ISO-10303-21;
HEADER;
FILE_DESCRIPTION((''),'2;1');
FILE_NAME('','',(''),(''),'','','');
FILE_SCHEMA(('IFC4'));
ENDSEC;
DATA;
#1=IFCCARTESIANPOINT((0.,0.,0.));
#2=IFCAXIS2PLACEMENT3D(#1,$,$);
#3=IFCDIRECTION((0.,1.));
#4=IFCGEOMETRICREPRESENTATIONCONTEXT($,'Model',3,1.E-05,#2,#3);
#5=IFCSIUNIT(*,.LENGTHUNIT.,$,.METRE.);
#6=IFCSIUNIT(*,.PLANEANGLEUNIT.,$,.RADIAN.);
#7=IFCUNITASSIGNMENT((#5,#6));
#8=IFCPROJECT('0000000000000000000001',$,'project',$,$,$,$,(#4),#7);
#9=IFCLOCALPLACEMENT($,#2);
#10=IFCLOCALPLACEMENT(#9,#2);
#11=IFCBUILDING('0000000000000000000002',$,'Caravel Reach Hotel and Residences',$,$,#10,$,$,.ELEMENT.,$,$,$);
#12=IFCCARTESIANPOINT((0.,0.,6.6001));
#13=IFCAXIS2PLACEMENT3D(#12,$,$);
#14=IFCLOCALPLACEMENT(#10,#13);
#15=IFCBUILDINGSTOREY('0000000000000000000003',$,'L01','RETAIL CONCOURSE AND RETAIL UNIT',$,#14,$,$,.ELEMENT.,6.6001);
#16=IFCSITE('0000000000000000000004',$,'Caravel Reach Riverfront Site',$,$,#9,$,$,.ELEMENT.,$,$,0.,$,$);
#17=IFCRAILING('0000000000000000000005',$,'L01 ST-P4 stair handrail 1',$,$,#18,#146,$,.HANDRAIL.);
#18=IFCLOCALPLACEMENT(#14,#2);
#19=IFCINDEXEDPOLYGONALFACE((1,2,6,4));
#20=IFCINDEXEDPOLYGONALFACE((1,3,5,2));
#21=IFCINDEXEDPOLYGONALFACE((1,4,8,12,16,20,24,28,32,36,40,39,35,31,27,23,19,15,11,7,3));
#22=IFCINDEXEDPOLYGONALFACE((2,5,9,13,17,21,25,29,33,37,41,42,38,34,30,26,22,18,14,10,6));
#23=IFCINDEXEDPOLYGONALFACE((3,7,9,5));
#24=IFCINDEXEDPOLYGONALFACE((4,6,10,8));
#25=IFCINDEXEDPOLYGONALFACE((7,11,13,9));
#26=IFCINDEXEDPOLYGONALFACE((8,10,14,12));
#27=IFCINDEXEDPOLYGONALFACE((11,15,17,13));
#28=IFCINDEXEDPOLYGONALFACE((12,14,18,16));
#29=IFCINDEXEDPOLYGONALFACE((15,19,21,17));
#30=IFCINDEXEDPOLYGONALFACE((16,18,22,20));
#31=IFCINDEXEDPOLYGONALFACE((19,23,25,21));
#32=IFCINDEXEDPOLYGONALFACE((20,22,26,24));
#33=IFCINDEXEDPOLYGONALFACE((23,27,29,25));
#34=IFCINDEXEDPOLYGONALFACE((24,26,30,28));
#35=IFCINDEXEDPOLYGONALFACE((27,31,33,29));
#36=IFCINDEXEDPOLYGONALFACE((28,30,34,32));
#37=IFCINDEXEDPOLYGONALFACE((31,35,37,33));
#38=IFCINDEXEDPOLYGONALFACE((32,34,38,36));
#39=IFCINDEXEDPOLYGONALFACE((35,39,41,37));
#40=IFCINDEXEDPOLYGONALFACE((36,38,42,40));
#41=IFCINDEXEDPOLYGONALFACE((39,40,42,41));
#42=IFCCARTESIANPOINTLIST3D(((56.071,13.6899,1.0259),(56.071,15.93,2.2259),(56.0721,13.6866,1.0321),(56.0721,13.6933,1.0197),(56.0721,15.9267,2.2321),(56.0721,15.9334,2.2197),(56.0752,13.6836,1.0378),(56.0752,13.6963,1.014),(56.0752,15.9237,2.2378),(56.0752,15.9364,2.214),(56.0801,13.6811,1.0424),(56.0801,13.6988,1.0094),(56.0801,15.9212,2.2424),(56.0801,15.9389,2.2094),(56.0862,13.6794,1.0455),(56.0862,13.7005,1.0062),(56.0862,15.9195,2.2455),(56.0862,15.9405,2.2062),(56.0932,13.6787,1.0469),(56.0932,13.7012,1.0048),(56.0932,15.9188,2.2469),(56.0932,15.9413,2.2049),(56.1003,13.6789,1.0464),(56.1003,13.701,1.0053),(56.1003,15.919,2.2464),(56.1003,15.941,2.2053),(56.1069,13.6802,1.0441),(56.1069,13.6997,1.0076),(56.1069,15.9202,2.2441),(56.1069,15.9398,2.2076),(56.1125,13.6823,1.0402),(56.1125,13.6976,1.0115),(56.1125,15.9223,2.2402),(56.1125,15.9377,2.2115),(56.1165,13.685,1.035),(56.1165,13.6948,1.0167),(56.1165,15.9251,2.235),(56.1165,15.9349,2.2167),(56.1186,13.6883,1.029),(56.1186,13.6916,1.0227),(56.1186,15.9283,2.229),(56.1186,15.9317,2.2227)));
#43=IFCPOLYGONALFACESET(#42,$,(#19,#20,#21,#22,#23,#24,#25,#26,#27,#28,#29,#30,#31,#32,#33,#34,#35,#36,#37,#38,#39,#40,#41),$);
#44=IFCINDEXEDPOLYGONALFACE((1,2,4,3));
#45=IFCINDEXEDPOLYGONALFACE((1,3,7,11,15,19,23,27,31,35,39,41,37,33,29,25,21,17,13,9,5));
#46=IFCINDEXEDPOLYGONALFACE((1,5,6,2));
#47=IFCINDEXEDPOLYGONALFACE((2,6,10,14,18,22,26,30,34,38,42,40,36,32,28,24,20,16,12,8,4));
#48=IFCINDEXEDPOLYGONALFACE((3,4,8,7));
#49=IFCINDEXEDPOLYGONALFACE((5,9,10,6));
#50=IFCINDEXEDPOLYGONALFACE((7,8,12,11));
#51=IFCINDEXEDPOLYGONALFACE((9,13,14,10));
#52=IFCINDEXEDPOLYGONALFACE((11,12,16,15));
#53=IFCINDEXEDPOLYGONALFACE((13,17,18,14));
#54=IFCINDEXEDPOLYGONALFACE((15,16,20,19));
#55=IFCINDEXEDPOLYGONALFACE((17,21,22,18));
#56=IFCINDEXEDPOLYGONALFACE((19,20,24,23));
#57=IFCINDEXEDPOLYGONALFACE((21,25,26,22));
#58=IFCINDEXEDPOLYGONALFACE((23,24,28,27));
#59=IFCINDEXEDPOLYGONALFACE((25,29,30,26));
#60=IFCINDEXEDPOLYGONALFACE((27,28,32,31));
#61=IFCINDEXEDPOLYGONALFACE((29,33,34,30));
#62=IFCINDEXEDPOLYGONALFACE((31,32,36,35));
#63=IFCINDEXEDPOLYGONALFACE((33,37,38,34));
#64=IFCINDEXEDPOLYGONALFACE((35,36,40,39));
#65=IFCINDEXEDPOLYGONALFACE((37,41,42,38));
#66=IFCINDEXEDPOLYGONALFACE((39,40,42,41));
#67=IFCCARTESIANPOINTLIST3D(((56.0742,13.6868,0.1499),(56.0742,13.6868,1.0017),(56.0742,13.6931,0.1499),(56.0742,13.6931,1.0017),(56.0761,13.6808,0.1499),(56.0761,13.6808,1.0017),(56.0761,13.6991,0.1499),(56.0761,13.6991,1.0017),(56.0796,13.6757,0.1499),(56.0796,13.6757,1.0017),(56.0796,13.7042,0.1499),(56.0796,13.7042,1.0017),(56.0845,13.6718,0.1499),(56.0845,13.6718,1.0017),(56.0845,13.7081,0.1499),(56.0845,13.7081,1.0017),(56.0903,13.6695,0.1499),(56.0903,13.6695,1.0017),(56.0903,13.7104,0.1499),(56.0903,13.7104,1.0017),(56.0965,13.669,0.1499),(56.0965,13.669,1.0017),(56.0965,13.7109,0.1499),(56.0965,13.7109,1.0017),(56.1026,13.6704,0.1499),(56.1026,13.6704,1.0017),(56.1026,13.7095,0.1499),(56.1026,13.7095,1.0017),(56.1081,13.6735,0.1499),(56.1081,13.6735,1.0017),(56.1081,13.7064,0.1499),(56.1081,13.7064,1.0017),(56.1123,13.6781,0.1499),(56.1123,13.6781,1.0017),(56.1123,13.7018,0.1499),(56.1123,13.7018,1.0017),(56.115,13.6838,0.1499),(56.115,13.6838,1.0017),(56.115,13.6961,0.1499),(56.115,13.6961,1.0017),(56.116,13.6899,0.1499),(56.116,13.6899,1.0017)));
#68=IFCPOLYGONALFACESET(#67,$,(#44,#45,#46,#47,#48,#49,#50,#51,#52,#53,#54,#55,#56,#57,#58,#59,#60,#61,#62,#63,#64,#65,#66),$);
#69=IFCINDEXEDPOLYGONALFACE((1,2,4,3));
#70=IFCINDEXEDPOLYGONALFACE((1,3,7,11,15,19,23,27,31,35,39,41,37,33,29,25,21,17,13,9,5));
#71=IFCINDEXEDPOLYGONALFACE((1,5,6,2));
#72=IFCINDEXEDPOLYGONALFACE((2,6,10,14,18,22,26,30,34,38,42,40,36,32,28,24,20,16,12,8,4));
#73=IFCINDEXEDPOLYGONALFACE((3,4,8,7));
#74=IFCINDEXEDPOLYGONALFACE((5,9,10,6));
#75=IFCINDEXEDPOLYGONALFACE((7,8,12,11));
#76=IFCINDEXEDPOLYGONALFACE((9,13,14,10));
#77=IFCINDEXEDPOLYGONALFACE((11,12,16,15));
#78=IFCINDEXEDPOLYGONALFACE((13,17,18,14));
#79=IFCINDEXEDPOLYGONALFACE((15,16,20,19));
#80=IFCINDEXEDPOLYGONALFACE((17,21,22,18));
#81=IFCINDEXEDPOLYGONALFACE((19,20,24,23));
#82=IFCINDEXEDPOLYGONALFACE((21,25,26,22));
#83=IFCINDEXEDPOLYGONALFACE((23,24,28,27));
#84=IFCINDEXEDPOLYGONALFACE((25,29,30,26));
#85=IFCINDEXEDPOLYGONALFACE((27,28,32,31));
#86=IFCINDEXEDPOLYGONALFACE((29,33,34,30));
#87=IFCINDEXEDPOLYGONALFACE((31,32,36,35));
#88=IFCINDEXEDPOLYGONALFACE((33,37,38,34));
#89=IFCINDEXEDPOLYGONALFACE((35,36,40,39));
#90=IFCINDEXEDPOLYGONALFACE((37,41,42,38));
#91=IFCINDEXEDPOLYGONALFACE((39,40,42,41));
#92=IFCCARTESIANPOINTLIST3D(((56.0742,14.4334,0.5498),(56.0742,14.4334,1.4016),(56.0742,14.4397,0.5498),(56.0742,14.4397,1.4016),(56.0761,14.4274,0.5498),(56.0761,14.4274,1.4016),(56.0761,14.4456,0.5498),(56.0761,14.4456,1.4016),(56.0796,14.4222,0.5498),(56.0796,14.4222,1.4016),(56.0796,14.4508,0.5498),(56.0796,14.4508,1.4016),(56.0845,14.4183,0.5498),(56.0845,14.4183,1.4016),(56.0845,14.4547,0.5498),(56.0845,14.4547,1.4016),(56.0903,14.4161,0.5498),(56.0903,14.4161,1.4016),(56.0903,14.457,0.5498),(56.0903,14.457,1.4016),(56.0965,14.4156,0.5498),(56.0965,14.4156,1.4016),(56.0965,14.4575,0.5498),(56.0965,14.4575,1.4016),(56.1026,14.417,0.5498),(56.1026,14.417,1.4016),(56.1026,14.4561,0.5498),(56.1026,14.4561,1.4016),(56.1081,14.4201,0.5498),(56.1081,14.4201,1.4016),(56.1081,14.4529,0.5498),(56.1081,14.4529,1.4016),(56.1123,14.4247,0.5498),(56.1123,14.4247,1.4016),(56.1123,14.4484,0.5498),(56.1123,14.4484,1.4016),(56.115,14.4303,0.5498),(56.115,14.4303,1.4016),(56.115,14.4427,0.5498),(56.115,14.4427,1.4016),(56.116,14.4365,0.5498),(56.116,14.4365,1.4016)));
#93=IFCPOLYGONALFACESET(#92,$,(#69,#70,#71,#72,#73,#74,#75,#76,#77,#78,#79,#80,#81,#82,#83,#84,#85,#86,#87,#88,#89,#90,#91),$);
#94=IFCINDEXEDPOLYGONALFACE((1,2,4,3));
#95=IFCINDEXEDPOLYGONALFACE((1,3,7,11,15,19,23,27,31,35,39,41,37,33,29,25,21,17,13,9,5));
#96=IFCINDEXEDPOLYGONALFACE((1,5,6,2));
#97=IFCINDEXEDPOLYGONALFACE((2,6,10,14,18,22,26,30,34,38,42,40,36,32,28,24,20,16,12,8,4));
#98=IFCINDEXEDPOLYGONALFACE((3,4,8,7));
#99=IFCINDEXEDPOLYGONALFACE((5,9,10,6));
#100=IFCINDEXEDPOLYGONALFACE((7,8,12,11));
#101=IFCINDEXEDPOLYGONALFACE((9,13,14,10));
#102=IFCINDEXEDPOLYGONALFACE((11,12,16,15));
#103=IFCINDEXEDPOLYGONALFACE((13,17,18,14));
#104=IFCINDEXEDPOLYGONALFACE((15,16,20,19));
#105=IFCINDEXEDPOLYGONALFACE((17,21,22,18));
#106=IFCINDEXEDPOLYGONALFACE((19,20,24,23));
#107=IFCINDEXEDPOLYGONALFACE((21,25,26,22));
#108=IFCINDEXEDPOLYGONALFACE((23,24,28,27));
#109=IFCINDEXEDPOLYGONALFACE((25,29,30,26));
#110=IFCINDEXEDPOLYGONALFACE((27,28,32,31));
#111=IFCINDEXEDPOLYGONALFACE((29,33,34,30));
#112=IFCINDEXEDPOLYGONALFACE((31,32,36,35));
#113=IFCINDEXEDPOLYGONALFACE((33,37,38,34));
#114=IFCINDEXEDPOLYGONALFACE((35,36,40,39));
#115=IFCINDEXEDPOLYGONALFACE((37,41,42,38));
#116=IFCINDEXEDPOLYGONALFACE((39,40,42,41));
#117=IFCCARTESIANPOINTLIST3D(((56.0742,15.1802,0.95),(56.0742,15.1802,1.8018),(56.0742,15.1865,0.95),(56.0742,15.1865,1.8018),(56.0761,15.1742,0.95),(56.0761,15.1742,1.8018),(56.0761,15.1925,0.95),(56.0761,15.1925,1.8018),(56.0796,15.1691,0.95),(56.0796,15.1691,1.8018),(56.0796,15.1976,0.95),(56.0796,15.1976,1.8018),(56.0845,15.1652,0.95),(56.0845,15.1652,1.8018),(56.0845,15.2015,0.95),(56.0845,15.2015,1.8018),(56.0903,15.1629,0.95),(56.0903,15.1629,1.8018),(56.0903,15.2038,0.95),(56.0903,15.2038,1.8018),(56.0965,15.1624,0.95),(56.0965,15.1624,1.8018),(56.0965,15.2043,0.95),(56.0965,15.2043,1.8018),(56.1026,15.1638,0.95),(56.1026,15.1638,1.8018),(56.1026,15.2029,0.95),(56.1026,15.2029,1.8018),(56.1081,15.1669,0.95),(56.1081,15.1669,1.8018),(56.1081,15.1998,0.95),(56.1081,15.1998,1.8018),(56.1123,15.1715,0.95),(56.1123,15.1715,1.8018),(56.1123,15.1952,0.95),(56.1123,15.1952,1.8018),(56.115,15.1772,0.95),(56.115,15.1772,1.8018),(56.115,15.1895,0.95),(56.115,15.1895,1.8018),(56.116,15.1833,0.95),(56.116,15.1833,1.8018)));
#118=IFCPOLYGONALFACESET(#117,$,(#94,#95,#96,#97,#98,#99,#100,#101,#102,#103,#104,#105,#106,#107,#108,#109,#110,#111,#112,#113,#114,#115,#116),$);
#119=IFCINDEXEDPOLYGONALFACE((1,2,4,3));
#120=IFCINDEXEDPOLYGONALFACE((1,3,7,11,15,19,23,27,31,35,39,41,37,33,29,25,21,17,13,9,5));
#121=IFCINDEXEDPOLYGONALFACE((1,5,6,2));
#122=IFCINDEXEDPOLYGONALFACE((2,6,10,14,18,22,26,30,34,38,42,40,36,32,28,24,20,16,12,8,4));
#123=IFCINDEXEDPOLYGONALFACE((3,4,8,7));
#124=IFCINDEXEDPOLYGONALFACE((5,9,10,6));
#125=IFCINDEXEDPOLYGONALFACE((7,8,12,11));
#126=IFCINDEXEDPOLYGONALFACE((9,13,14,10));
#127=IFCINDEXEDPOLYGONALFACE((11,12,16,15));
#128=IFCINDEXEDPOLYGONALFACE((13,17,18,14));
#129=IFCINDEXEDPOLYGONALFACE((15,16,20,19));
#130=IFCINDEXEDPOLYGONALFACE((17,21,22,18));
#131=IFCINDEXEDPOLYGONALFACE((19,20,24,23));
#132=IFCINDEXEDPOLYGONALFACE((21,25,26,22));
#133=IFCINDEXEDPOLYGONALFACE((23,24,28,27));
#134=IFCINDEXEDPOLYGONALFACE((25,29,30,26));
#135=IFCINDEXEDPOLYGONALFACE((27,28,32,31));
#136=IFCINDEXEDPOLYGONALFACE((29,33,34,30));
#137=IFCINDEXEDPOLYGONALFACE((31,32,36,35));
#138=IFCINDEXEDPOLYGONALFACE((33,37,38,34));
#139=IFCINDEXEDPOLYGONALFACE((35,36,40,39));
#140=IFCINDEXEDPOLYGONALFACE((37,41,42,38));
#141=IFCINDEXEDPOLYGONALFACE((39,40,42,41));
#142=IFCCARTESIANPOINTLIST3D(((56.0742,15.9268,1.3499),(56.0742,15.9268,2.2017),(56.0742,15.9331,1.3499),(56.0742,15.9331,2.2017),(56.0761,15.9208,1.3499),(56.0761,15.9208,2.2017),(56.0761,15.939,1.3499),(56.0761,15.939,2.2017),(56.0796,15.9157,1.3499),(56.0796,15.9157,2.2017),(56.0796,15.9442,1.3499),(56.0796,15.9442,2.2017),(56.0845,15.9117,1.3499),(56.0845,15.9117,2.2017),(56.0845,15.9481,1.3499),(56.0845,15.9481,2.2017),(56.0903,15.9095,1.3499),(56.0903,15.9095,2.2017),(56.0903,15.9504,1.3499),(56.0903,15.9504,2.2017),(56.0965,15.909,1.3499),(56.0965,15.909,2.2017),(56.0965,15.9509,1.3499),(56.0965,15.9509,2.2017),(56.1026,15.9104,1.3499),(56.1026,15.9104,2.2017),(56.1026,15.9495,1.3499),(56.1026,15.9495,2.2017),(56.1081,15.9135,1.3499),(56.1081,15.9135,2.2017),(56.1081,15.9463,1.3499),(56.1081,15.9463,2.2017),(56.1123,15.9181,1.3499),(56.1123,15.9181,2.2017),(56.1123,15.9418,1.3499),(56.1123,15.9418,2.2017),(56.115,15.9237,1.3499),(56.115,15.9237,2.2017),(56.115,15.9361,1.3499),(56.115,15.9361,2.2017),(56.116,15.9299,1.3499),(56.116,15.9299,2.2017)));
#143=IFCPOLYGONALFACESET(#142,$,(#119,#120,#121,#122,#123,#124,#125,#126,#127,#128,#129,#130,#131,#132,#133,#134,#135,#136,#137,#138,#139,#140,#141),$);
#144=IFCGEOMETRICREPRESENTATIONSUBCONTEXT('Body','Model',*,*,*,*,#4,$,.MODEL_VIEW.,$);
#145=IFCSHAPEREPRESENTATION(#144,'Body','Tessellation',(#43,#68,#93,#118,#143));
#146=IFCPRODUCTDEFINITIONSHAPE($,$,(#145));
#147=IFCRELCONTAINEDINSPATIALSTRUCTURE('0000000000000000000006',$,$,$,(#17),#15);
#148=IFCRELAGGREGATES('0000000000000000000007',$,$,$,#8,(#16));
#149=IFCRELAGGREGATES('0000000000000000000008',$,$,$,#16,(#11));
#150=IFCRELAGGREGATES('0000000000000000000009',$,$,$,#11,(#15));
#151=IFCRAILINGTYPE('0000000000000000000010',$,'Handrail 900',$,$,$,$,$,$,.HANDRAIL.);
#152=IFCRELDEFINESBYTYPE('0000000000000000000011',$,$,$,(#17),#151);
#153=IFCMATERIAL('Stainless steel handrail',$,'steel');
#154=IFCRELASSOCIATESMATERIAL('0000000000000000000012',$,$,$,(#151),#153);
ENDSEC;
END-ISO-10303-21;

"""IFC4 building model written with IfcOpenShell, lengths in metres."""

from ifc_helpers import new_model, si_unit, direction, frame, origin, origin_2d, place, context, subcontext, project, spatial, circle, extrude, material, type_object, element, save


model = new_model("IFC4")

# Units and contexts
model_context = context("Model", 3, precision=1e-05, world=origin(), true_north=direction((0.0, 1.0)))
body_context = subcontext(model_context, "Body", "Model", "MODEL_VIEW")
ifc_project = project(units=[si_unit("LENGTHUNIT", "METRE"), si_unit("PLANEANGLEUNIT", "RADIAN")], contexts=[model_context])

# Site, building, storey
site_placement = place(None, origin())
site = spatial("IfcSite", under=ifc_project, at=site_placement, Name="Caravel Reach Riverfront Site", CompositionType="ELEMENT", RefElevation=0.0)
building_placement = place(site_placement, origin())
building = spatial("IfcBuilding", under=site, at=building_placement, Name="Caravel Reach Hotel and Residences", CompositionType="ELEMENT")
storey_placement = place(building_placement, frame((0.0, 0.0, 6.6001)))
storey = spatial("IfcBuildingStorey", under=building, at=storey_placement, Name="L01", Description="RETAIL CONCOURSE AND RETAIL UNIT", CompositionType="ELEMENT", Elevation=6.6001)

# Railing
ifc_material_1 = material(Name="Stainless steel handrail", Category="steel")
railing_type_1 = type_object("IfcRailingType", Name="Handrail 900", PredefinedType="HANDRAIL", material=ifc_material_1)
for number, where, name in (
    (1, (56.095, 13.6899, 0.1499), "L01 ST-P4 stair handrail 1"),
):
    element("IfcRailing", number, at=place(storey_placement, frame(where)), inside=storey, type_object=railing_type_1, Name=name, PredefinedType="HANDRAIL", context=body_context, shape_type="SweptSolid", body=[
        extrude(circle(Radius=0.0239, at=origin_2d()), frame((0.0, 0.0, 0.876), z_axis=(0.0, 0.881487, 0.472208), x_axis=(-1.0, 0.0, 0.0)), (0.0, 0.0, 1.0), 2.5413),
        extrude(circle(Radius=0.021, at=origin_2d()), origin(), (0.0, 0.0, 1.0), 0.8518),
        extrude(circle(Radius=0.021, at=origin_2d()), frame((0.0, 0.7466, 0.3999)), (0.0, 0.0, 1.0), 0.8518),
        extrude(circle(Radius=0.021, at=origin_2d()), frame((0.0, 1.4934, 0.8)), (0.0, 0.0, 1.0), 0.8518),
        extrude(circle(Radius=0.021, at=origin_2d()), frame((0.0, 2.24, 1.2)), (0.0, 0.0, 1.0), 0.8518),
    ])

save(model, "model.ifc")
